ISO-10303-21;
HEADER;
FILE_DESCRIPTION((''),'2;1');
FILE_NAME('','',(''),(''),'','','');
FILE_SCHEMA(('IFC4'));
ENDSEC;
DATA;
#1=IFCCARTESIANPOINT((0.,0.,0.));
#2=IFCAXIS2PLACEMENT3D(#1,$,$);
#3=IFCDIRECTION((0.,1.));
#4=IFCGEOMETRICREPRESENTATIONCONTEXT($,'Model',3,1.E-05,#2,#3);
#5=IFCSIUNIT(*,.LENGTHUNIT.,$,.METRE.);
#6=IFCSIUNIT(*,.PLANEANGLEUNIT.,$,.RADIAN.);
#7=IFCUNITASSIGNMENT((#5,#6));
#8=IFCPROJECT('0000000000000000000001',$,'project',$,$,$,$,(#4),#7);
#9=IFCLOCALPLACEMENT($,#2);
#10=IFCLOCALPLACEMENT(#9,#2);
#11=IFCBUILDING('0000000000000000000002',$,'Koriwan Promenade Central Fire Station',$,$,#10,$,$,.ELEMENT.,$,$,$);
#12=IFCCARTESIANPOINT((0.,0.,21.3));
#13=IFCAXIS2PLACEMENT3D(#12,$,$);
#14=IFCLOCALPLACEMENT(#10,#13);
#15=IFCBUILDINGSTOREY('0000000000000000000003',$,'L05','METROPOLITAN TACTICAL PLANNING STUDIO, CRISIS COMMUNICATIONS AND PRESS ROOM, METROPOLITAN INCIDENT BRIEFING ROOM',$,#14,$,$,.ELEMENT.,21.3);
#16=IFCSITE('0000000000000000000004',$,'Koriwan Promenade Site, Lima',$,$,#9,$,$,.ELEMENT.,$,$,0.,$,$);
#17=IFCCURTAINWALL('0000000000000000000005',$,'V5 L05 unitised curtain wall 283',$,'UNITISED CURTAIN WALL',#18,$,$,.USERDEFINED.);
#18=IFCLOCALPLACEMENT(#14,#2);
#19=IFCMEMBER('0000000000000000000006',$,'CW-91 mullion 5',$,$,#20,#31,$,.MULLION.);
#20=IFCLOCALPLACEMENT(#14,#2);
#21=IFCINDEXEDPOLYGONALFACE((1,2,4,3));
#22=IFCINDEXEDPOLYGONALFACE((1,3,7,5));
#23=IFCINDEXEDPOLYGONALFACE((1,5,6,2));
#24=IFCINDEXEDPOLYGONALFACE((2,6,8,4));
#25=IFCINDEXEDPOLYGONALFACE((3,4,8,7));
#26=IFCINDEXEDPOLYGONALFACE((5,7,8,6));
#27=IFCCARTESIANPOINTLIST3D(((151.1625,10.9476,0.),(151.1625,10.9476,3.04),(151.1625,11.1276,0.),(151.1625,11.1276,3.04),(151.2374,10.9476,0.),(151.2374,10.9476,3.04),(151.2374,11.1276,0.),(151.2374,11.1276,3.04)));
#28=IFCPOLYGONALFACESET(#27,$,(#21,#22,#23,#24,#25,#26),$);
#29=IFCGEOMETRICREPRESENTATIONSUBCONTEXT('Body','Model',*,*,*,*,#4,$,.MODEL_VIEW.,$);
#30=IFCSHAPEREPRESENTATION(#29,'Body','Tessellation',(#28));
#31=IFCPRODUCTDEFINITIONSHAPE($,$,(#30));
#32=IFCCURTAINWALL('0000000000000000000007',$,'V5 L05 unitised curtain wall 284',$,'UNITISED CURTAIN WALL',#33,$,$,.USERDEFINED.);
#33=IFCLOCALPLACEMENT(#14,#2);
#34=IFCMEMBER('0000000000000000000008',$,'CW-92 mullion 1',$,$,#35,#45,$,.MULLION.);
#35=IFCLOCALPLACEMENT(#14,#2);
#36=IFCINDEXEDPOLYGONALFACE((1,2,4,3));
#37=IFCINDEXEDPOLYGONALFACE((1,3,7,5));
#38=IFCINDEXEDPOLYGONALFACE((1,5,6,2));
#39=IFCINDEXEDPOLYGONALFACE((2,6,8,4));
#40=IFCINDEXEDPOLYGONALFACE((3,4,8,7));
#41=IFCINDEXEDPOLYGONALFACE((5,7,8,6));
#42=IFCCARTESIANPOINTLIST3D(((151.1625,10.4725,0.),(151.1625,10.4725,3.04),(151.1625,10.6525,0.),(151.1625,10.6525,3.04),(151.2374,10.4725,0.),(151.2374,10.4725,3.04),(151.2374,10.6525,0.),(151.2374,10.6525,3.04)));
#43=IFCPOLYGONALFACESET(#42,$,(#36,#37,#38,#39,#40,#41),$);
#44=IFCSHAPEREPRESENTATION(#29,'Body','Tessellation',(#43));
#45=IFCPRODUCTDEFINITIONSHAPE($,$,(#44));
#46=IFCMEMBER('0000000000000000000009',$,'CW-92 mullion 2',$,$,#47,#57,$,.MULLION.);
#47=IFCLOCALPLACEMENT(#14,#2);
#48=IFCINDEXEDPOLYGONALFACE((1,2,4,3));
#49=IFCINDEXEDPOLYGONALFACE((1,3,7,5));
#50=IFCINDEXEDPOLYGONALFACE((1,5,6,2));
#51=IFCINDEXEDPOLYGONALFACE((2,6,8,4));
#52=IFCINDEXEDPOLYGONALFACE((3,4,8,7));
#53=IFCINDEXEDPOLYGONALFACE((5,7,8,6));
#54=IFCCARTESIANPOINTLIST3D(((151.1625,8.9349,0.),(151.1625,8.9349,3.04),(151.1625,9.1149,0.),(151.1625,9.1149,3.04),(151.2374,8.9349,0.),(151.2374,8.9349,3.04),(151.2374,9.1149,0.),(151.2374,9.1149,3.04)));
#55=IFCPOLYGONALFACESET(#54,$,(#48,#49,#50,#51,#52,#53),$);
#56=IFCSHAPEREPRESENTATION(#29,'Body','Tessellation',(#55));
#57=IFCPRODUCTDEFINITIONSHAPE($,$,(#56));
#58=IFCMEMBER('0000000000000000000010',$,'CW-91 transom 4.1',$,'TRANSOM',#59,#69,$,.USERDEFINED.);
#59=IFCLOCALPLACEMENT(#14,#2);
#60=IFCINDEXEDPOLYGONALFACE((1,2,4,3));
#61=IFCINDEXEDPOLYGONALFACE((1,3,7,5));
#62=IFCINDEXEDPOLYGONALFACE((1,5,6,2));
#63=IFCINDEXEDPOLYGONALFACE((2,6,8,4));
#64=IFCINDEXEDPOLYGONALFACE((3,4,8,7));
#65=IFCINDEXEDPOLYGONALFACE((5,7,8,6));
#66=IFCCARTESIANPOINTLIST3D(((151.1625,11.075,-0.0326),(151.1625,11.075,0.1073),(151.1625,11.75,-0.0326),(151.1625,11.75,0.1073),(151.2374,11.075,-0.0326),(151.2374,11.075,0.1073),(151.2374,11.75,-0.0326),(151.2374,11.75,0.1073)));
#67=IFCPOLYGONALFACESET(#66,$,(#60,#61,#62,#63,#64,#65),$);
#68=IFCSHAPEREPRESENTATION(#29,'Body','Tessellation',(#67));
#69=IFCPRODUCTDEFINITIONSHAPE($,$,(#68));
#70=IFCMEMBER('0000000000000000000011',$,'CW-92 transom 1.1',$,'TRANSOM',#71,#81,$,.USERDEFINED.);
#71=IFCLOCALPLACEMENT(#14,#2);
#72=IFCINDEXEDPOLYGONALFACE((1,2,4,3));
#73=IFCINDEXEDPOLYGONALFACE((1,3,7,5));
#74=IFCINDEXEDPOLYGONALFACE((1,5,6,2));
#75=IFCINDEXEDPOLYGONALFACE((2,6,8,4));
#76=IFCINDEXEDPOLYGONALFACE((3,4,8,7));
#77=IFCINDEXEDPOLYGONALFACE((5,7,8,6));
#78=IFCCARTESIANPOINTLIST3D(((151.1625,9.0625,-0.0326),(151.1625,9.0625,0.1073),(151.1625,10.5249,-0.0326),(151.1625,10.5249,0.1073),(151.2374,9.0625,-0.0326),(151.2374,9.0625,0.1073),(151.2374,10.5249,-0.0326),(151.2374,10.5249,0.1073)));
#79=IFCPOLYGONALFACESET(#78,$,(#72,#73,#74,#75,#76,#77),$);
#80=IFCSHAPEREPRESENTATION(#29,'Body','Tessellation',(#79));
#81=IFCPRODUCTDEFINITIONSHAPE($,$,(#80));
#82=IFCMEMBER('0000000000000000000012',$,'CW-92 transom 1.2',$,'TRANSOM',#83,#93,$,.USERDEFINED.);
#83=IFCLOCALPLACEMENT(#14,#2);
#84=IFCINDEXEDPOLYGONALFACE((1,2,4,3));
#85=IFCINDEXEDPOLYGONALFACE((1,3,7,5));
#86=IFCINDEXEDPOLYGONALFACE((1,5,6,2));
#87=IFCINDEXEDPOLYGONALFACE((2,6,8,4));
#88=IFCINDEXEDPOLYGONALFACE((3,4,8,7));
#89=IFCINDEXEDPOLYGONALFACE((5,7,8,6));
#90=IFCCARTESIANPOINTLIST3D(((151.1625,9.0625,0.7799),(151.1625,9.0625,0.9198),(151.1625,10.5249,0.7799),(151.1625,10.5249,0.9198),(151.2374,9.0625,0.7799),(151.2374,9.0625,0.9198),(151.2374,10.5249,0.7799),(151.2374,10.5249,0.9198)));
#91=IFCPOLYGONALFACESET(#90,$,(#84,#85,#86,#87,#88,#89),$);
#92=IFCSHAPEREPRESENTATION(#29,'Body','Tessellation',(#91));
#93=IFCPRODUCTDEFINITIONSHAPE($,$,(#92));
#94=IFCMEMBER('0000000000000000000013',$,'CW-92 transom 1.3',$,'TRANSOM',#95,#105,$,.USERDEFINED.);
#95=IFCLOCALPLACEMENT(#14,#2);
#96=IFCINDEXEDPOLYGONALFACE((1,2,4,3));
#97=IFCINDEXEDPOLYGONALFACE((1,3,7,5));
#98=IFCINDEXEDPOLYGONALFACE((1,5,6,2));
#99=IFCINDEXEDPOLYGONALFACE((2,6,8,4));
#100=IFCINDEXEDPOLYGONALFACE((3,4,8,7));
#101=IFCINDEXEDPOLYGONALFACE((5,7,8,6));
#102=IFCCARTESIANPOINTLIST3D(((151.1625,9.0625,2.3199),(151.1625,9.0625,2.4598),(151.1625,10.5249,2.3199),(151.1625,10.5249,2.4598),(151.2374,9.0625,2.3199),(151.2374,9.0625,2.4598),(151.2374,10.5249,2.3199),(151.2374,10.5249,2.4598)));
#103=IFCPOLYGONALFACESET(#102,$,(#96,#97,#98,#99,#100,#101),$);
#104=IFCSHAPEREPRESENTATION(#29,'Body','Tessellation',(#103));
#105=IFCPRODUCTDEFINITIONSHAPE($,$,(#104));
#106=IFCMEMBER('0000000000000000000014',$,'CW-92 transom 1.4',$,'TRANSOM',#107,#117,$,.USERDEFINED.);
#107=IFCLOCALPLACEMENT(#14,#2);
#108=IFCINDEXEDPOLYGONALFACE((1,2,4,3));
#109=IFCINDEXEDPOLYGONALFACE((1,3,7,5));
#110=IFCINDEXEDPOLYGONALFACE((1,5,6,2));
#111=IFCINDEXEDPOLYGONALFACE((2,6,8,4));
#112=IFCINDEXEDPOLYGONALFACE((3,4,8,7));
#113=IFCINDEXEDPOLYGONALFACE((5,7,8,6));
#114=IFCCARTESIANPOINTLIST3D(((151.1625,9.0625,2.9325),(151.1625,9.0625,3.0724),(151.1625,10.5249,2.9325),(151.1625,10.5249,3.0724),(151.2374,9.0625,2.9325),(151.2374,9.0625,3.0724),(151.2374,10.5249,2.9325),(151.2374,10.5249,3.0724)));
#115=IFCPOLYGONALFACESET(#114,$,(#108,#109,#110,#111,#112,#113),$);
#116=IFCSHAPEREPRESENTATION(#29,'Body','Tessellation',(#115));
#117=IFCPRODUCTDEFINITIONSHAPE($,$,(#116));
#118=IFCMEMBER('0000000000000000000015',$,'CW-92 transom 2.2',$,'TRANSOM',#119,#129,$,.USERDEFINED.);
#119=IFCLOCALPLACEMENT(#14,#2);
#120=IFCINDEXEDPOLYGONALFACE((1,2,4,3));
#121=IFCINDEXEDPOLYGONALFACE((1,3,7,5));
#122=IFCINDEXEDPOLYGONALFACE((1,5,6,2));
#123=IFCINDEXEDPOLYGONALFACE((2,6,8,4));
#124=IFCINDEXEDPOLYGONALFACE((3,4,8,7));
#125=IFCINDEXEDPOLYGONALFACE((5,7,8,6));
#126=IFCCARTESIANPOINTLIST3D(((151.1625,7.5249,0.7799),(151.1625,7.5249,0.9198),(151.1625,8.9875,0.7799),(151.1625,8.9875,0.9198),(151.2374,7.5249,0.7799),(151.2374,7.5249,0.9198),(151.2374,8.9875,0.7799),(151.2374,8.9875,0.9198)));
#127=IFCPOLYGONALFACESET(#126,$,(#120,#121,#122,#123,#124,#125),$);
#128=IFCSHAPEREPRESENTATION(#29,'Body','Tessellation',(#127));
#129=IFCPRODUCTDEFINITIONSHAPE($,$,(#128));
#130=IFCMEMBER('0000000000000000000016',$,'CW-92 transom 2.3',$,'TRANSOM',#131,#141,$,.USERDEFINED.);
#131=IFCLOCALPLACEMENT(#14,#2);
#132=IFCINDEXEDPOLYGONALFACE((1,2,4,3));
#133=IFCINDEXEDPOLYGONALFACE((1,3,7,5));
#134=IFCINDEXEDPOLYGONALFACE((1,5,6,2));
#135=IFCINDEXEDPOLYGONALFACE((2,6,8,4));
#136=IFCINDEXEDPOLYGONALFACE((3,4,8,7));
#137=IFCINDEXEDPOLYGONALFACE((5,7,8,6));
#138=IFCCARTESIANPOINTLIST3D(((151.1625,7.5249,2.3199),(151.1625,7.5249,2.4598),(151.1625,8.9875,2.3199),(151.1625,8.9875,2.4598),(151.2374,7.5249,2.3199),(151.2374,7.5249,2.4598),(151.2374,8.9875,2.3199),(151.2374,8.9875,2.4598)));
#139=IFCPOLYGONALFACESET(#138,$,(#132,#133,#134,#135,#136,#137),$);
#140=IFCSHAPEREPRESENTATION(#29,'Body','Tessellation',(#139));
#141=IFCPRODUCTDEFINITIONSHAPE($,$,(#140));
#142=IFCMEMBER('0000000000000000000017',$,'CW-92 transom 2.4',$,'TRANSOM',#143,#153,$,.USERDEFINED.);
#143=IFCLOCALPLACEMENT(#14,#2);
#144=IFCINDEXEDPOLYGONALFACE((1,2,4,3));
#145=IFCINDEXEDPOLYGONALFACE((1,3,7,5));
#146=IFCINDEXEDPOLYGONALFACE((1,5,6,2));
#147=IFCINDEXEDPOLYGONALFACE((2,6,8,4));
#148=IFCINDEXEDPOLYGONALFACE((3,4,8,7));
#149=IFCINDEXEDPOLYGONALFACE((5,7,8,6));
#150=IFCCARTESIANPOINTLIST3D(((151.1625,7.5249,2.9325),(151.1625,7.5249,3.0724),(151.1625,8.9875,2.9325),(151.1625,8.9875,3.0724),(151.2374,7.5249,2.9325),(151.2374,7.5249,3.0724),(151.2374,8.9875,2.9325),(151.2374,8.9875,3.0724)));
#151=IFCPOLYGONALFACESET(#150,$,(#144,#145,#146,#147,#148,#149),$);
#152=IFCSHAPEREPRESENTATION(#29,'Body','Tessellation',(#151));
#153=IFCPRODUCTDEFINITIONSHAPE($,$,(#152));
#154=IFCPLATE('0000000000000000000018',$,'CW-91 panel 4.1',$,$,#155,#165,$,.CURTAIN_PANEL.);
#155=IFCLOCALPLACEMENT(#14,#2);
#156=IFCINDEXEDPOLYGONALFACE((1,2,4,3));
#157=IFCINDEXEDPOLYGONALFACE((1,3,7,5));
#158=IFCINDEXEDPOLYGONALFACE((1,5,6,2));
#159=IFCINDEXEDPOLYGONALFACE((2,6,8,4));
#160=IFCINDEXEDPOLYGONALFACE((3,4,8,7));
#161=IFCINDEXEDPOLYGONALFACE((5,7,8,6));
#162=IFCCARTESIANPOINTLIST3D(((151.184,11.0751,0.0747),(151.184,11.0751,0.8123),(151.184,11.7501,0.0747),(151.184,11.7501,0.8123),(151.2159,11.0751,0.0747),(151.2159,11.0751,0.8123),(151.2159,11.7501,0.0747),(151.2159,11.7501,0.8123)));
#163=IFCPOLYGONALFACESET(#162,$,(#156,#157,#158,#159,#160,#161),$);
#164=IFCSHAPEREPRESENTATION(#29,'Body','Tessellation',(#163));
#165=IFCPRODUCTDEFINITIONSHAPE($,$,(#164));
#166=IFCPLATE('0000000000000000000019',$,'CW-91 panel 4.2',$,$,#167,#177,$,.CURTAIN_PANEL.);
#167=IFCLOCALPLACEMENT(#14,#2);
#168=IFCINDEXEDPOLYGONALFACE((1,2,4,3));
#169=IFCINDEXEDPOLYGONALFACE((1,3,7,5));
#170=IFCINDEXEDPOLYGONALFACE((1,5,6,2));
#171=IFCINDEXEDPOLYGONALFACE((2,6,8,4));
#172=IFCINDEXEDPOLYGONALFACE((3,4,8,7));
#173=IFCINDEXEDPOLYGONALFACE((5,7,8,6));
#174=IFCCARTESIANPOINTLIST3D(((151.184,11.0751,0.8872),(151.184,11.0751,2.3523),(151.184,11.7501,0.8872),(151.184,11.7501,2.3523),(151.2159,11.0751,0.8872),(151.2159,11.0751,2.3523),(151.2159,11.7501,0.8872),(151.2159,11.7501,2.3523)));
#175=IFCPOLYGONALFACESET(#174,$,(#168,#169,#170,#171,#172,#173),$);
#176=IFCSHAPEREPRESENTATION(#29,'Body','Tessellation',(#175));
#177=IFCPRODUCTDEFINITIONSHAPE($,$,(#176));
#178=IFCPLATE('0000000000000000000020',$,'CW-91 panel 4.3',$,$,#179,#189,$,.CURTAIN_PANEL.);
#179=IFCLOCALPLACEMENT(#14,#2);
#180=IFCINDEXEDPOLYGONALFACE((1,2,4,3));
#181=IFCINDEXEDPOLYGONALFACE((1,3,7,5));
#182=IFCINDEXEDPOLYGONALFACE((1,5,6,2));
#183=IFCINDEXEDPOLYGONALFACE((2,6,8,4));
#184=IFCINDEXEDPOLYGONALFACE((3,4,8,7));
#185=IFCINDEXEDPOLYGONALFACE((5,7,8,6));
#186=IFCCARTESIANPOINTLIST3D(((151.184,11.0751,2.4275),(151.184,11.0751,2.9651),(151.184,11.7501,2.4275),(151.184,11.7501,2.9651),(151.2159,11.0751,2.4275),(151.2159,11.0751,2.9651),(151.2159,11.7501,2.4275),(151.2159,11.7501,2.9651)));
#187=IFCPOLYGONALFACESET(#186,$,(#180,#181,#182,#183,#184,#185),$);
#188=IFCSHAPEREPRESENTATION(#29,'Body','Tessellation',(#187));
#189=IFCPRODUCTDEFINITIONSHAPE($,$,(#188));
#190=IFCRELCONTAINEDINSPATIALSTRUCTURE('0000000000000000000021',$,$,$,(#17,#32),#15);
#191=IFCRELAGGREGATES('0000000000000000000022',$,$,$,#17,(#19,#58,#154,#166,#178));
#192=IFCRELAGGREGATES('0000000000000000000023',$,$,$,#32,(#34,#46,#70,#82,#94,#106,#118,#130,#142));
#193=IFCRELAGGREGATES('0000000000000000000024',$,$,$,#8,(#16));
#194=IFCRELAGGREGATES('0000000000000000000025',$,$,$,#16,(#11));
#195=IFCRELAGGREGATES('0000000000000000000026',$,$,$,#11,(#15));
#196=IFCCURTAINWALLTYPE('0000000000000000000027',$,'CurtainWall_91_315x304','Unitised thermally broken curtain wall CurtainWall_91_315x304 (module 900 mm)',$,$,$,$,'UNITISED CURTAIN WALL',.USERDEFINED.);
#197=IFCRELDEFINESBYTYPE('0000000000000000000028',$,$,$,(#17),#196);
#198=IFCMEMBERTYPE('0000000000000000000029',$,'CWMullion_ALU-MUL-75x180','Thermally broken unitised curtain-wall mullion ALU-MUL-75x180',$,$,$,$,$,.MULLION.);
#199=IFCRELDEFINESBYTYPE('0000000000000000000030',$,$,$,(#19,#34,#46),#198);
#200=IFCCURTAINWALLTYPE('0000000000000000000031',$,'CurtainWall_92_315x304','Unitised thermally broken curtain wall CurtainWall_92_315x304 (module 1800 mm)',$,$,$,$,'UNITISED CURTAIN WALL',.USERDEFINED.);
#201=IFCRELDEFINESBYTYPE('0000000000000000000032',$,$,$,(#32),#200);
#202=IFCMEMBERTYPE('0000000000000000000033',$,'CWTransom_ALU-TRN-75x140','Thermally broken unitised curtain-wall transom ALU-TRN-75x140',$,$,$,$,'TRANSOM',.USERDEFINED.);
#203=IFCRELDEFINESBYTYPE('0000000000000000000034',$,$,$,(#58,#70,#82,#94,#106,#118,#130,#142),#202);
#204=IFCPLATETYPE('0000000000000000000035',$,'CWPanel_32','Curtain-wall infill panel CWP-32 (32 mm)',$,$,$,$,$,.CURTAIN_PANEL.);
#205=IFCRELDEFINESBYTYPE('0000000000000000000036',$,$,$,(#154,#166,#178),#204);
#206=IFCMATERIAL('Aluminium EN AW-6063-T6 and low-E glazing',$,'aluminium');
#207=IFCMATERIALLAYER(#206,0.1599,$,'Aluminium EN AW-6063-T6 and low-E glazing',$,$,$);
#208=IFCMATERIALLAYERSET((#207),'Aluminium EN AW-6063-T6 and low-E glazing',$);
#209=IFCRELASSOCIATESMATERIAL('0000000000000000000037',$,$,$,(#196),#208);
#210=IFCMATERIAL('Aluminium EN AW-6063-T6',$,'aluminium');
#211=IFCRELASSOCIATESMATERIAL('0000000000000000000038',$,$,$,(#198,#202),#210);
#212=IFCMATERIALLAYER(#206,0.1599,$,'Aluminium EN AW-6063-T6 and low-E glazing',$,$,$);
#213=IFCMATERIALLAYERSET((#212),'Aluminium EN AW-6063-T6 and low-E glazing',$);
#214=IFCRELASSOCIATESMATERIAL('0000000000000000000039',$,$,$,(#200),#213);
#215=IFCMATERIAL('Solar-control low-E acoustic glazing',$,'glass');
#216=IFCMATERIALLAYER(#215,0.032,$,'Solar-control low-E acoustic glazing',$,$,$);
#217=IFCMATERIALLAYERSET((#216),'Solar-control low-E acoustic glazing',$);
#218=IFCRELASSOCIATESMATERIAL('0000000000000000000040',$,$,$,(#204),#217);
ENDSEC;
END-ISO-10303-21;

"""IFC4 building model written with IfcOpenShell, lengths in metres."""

from ifc_helpers import new_model, si_unit, direction, frame, origin, origin_2d, place, context, subcontext, project, spatial, rectangle, extrude, material, layer, layer_set, material_profile, profile_set, type_object, element, aggregate, save


model = new_model("IFC4")

# Units and contexts
model_context = context("Model", 3, precision=1e-05, world=origin(), true_north=direction((0.0, 1.0)))
body_context = subcontext(model_context, "Body", "Model", "MODEL_VIEW")
ifc_project = project(units=[si_unit("LENGTHUNIT", "METRE"), si_unit("PLANEANGLEUNIT", "RADIAN")], contexts=[model_context])

# Site, building, storey
site_placement = place(None, origin())
site = spatial("IfcSite", under=ifc_project, at=site_placement, Name="Koriwan Promenade Site, Lima", CompositionType="ELEMENT", RefElevation=0.0)
building_placement = place(site_placement, origin())
building = spatial("IfcBuilding", under=site, at=building_placement, Name="Koriwan Promenade Central Fire Station", CompositionType="ELEMENT")
storey_placement = place(building_placement, frame((0.0, 0.0, 21.3)))
storey = spatial("IfcBuildingStorey", under=building, at=storey_placement, Name="L05", Description="METROPOLITAN TACTICAL PLANNING STUDIO, CRISIS COMMUNICATIONS AND PRESS ROOM, METROPOLITAN INCIDENT BRIEFING ROOM", CompositionType="ELEMENT", Elevation=21.3)

# Curtain wall, member
ifc_material_1 = material(Name="Aluminium EN AW-6063-T6 and low-E glazing", Category="aluminium")
ifc_layer_1 = layer(ifc_material_1, 0.1599, Name="Aluminium EN AW-6063-T6 and low-E glazing")
ifc_layer_set_1 = layer_set([ifc_layer_1], Name="Aluminium EN AW-6063-T6 and low-E glazing")
curtain_wall_type_1 = type_object("IfcCurtainWallType", Name="CurtainWall_91_315x304", Description="Unitised thermally broken curtain wall CurtainWall_91_315x304 (module 900 mm)", ElementType="UNITISED CURTAIN WALL", PredefinedType="USERDEFINED", material=ifc_layer_set_1)
curtain_wall_1_placement = place(storey_placement, origin())
curtain_wall_1 = element("IfcCurtainWall", 1, at=curtain_wall_1_placement, inside=storey, type_object=curtain_wall_type_1, Name="V5 L05 unitised curtain wall 283", ObjectType="UNITISED CURTAIN WALL", PredefinedType="USERDEFINED")
ifc_material_2 = material(Name="Aluminium EN AW-6063-T6", Category="aluminium")
ifc_material_profile_1 = material_profile(ifc_material_2, rectangle(XDim=0.075, YDim=0.1799, at=origin_2d()), Name="ALU-MUL-75x180")
ifc_profile_set_1 = profile_set([ifc_material_profile_1], Name="Aluminium EN AW-6063-T6")
member_type_1 = type_object("IfcMemberType", Name="CWMullion_ALU-MUL-75x180", Description="Thermally broken unitised curtain-wall mullion ALU-MUL-75x180", PredefinedType="MULLION", material=ifc_profile_set_1)
member_1_placement = place(storey_placement, frame((151.2, 11.0376, 0.0), z_axis=(0.0, 0.0, 1.0), x_axis=(1.0, 0.0, 0.0)))
member_1 = element("IfcMember", 2, at=member_1_placement, type_object=member_type_1, Name="CW-91 mullion 5", PredefinedType="MULLION", context=body_context, shape_type="SweptSolid", body=[
    extrude(rectangle(XDim=0.075, YDim=0.1799, at=origin_2d()), origin(), (0.0, 0.0, 1.0), 3.04),
])

# Curtain wall, members
ifc_layer_2 = layer(ifc_material_1, 0.1599, Name="Aluminium EN AW-6063-T6 and low-E glazing")
ifc_layer_set_2 = layer_set([ifc_layer_2], Name="Aluminium EN AW-6063-T6 and low-E glazing")
curtain_wall_type_2 = type_object("IfcCurtainWallType", Name="CurtainWall_92_315x304", Description="Unitised thermally broken curtain wall CurtainWall_92_315x304 (module 1800 mm)", ElementType="UNITISED CURTAIN WALL", PredefinedType="USERDEFINED", material=ifc_layer_set_2)
curtain_wall_2_placement = place(storey_placement, origin())
curtain_wall_2 = element("IfcCurtainWall", 3, at=curtain_wall_2_placement, inside=storey, type_object=curtain_wall_type_2, Name="V5 L05 unitised curtain wall 284", ObjectType="UNITISED CURTAIN WALL", PredefinedType="USERDEFINED")
member_2_placement = place(storey_placement, frame((151.2, 10.5625, 0.0), z_axis=(0.0, 0.0, 1.0), x_axis=(1.0, 0.0, 0.0)))
member_2 = element("IfcMember", 4, at=member_2_placement, type_object=member_type_1, Name="CW-92 mullion 1", PredefinedType="MULLION", context=body_context, shape_type="SweptSolid", body=[
    extrude(rectangle(XDim=0.075, YDim=0.1799, at=origin_2d()), origin(), (0.0, 0.0, 1.0), 3.04),
])
member_3_placement = place(storey_placement, frame((151.2, 9.0249, 0.0), z_axis=(0.0, 0.0, 1.0), x_axis=(1.0, 0.0, 0.0)))
member_3 = element("IfcMember", 5, at=member_3_placement, type_object=member_type_1, Name="CW-92 mullion 2", PredefinedType="MULLION", context=body_context, shape_type="SweptSolid", body=[
    extrude(rectangle(XDim=0.075, YDim=0.1799, at=origin_2d()), origin(), (0.0, 0.0, 1.0), 3.04),
])

# Members
ifc_material_profile_2 = material_profile(ifc_material_2, rectangle(XDim=0.075, YDim=0.1399, at=origin_2d()), Name="ALU-TRN-75x140")
ifc_profile_set_2 = profile_set([ifc_material_profile_2], Name="Aluminium EN AW-6063-T6")
member_type_2 = type_object("IfcMemberType", Name="CWTransom_ALU-TRN-75x140", Description="Thermally broken unitised curtain-wall transom ALU-TRN-75x140", ElementType="TRANSOM", PredefinedType="USERDEFINED", material=ifc_profile_set_2)
member_4_placement = place(storey_placement, frame((151.2, 11.75, 0.0374), z_axis=(0.0, -1.0, 0.0), x_axis=(1.0, 0.0, 0.0)))
member_4 = element("IfcMember", 6, at=member_4_placement, type_object=member_type_2, Name="CW-91 transom 4.1", ObjectType="TRANSOM", PredefinedType="USERDEFINED", context=body_context, shape_type="SweptSolid", body=[
    extrude(rectangle(XDim=0.075, YDim=0.1399, at=origin_2d()), origin(), (0.0, 0.0, 1.0), 0.675),
])
member_5_placement = place(storey_placement, frame((151.2, 10.5249, 0.0374), z_axis=(0.0, -1.0, 0.0), x_axis=(1.0, 0.0, 0.0)))
member_5 = element("IfcMember", 7, at=member_5_placement, type_object=member_type_2, Name="CW-92 transom 1.1", ObjectType="TRANSOM", PredefinedType="USERDEFINED", context=body_context, shape_type="SweptSolid", body=[
    extrude(rectangle(XDim=0.075, YDim=0.1399, at=origin_2d()), origin(), (0.0, 0.0, 1.0), 1.4624),
])
member_6_placement = place(storey_placement, frame((151.2, 10.5249, 0.8499), z_axis=(0.0, -1.0, 0.0), x_axis=(1.0, 0.0, 0.0)))
member_6 = element("IfcMember", 8, at=member_6_placement, type_object=member_type_2, Name="CW-92 transom 1.2", ObjectType="TRANSOM", PredefinedType="USERDEFINED", context=body_context, shape_type="SweptSolid", body=[
    extrude(rectangle(XDim=0.075, YDim=0.1399, at=origin_2d()), origin(), (0.0, 0.0, 1.0), 1.4624),
])
member_7_placement = place(storey_placement, frame((151.2, 10.5249, 2.3899), z_axis=(0.0, -1.0, 0.0), x_axis=(1.0, 0.0, 0.0)))
member_7 = element("IfcMember", 9, at=member_7_placement, type_object=member_type_2, Name="CW-92 transom 1.3", ObjectType="TRANSOM", PredefinedType="USERDEFINED", context=body_context, shape_type="SweptSolid", body=[
    extrude(rectangle(XDim=0.075, YDim=0.1399, at=origin_2d()), origin(), (0.0, 0.0, 1.0), 1.4624),
])
member_8_placement = place(storey_placement, frame((151.2, 10.5249, 3.0024), z_axis=(0.0, -1.0, 0.0), x_axis=(1.0, 0.0, 0.0)))
member_8 = element("IfcMember", 10, at=member_8_placement, type_object=member_type_2, Name="CW-92 transom 1.4", ObjectType="TRANSOM", PredefinedType="USERDEFINED", context=body_context, shape_type="SweptSolid", body=[
    extrude(rectangle(XDim=0.075, YDim=0.1399, at=origin_2d()), origin(), (0.0, 0.0, 1.0), 1.4624),
])
member_9_placement = place(storey_placement, frame((151.2, 8.9875, 0.8499), z_axis=(0.0, -1.0, 0.0), x_axis=(1.0, 0.0, 0.0)))
member_9 = element("IfcMember", 11, at=member_9_placement, type_object=member_type_2, Name="CW-92 transom 2.2", ObjectType="TRANSOM", PredefinedType="USERDEFINED", context=body_context, shape_type="SweptSolid", body=[
    extrude(rectangle(XDim=0.075, YDim=0.1399, at=origin_2d()), origin(), (0.0, 0.0, 1.0), 1.4626),
])
member_10_placement = place(storey_placement, frame((151.2, 8.9875, 2.3899), z_axis=(0.0, -1.0, 0.0), x_axis=(1.0, 0.0, 0.0)))
member_10 = element("IfcMember", 12, at=member_10_placement, type_object=member_type_2, Name="CW-92 transom 2.3", ObjectType="TRANSOM", PredefinedType="USERDEFINED", context=body_context, shape_type="SweptSolid", body=[
    extrude(rectangle(XDim=0.075, YDim=0.1399, at=origin_2d()), origin(), (0.0, 0.0, 1.0), 1.4626),
])
member_11_placement = place(storey_placement, frame((151.2, 8.9875, 3.0024), z_axis=(0.0, -1.0, 0.0), x_axis=(1.0, 0.0, 0.0)))
member_11 = element("IfcMember", 13, at=member_11_placement, type_object=member_type_2, Name="CW-92 transom 2.4", ObjectType="TRANSOM", PredefinedType="USERDEFINED", context=body_context, shape_type="SweptSolid", body=[
    extrude(rectangle(XDim=0.075, YDim=0.1399, at=origin_2d()), origin(), (0.0, 0.0, 1.0), 1.4626),
])

# Plates
ifc_material_3 = material(Name="Solar-control low-E acoustic glazing", Category="glass")
ifc_layer_3 = layer(ifc_material_3, 0.032, Name="Solar-control low-E acoustic glazing")
ifc_layer_set_3 = layer_set([ifc_layer_3], Name="Solar-control low-E acoustic glazing")
plate_type = type_object("IfcPlateType", Name="CWPanel_32", Description="Curtain-wall infill panel CWP-32 (32 mm)", PredefinedType="CURTAIN_PANEL", material=ifc_layer_set_3)
plate_1_placement = place(storey_placement, frame((151.2, 11.4126, 0.0747), z_axis=(0.0, 0.0, 1.0), x_axis=(0.0, -1.0, 0.0)))
plate_1 = element("IfcPlate", 14, at=plate_1_placement, type_object=plate_type, Name="CW-91 panel 4.1", PredefinedType="CURTAIN_PANEL", context=body_context, shape_type="SweptSolid", body=[
    extrude(rectangle(XDim=0.675, YDim=0.032, at=origin_2d()), origin(), (0.0, 0.0, 1.0), 0.7375),
])
plate_2_placement = place(storey_placement, frame((151.2, 11.4126, 0.8872), z_axis=(0.0, 0.0, 1.0), x_axis=(0.0, -1.0, 0.0)))
plate_2 = element("IfcPlate", 15, at=plate_2_placement, type_object=plate_type, Name="CW-91 panel 4.2", PredefinedType="CURTAIN_PANEL", context=body_context, shape_type="SweptSolid", body=[
    extrude(rectangle(XDim=0.675, YDim=0.032, at=origin_2d()), origin(), (0.0, 0.0, 1.0), 1.4651),
])
plate_3_placement = place(storey_placement, frame((151.2, 11.4126, 2.4275), z_axis=(0.0, 0.0, 1.0), x_axis=(0.0, -1.0, 0.0)))
plate_3 = element("IfcPlate", 16, at=plate_3_placement, type_object=plate_type, Name="CW-91 panel 4.3", PredefinedType="CURTAIN_PANEL", context=body_context, shape_type="SweptSolid", body=[
    extrude(rectangle(XDim=0.675, YDim=0.032, at=origin_2d()), origin(), (0.0, 0.0, 1.0), 0.5376),
])
aggregate(curtain_wall_1, [member_1, member_4, plate_1, plate_2, plate_3])
aggregate(curtain_wall_2, [member_2, member_3, member_5, member_6, member_7, member_8, member_9, member_10, member_11])

save(model, "model.ifc")
